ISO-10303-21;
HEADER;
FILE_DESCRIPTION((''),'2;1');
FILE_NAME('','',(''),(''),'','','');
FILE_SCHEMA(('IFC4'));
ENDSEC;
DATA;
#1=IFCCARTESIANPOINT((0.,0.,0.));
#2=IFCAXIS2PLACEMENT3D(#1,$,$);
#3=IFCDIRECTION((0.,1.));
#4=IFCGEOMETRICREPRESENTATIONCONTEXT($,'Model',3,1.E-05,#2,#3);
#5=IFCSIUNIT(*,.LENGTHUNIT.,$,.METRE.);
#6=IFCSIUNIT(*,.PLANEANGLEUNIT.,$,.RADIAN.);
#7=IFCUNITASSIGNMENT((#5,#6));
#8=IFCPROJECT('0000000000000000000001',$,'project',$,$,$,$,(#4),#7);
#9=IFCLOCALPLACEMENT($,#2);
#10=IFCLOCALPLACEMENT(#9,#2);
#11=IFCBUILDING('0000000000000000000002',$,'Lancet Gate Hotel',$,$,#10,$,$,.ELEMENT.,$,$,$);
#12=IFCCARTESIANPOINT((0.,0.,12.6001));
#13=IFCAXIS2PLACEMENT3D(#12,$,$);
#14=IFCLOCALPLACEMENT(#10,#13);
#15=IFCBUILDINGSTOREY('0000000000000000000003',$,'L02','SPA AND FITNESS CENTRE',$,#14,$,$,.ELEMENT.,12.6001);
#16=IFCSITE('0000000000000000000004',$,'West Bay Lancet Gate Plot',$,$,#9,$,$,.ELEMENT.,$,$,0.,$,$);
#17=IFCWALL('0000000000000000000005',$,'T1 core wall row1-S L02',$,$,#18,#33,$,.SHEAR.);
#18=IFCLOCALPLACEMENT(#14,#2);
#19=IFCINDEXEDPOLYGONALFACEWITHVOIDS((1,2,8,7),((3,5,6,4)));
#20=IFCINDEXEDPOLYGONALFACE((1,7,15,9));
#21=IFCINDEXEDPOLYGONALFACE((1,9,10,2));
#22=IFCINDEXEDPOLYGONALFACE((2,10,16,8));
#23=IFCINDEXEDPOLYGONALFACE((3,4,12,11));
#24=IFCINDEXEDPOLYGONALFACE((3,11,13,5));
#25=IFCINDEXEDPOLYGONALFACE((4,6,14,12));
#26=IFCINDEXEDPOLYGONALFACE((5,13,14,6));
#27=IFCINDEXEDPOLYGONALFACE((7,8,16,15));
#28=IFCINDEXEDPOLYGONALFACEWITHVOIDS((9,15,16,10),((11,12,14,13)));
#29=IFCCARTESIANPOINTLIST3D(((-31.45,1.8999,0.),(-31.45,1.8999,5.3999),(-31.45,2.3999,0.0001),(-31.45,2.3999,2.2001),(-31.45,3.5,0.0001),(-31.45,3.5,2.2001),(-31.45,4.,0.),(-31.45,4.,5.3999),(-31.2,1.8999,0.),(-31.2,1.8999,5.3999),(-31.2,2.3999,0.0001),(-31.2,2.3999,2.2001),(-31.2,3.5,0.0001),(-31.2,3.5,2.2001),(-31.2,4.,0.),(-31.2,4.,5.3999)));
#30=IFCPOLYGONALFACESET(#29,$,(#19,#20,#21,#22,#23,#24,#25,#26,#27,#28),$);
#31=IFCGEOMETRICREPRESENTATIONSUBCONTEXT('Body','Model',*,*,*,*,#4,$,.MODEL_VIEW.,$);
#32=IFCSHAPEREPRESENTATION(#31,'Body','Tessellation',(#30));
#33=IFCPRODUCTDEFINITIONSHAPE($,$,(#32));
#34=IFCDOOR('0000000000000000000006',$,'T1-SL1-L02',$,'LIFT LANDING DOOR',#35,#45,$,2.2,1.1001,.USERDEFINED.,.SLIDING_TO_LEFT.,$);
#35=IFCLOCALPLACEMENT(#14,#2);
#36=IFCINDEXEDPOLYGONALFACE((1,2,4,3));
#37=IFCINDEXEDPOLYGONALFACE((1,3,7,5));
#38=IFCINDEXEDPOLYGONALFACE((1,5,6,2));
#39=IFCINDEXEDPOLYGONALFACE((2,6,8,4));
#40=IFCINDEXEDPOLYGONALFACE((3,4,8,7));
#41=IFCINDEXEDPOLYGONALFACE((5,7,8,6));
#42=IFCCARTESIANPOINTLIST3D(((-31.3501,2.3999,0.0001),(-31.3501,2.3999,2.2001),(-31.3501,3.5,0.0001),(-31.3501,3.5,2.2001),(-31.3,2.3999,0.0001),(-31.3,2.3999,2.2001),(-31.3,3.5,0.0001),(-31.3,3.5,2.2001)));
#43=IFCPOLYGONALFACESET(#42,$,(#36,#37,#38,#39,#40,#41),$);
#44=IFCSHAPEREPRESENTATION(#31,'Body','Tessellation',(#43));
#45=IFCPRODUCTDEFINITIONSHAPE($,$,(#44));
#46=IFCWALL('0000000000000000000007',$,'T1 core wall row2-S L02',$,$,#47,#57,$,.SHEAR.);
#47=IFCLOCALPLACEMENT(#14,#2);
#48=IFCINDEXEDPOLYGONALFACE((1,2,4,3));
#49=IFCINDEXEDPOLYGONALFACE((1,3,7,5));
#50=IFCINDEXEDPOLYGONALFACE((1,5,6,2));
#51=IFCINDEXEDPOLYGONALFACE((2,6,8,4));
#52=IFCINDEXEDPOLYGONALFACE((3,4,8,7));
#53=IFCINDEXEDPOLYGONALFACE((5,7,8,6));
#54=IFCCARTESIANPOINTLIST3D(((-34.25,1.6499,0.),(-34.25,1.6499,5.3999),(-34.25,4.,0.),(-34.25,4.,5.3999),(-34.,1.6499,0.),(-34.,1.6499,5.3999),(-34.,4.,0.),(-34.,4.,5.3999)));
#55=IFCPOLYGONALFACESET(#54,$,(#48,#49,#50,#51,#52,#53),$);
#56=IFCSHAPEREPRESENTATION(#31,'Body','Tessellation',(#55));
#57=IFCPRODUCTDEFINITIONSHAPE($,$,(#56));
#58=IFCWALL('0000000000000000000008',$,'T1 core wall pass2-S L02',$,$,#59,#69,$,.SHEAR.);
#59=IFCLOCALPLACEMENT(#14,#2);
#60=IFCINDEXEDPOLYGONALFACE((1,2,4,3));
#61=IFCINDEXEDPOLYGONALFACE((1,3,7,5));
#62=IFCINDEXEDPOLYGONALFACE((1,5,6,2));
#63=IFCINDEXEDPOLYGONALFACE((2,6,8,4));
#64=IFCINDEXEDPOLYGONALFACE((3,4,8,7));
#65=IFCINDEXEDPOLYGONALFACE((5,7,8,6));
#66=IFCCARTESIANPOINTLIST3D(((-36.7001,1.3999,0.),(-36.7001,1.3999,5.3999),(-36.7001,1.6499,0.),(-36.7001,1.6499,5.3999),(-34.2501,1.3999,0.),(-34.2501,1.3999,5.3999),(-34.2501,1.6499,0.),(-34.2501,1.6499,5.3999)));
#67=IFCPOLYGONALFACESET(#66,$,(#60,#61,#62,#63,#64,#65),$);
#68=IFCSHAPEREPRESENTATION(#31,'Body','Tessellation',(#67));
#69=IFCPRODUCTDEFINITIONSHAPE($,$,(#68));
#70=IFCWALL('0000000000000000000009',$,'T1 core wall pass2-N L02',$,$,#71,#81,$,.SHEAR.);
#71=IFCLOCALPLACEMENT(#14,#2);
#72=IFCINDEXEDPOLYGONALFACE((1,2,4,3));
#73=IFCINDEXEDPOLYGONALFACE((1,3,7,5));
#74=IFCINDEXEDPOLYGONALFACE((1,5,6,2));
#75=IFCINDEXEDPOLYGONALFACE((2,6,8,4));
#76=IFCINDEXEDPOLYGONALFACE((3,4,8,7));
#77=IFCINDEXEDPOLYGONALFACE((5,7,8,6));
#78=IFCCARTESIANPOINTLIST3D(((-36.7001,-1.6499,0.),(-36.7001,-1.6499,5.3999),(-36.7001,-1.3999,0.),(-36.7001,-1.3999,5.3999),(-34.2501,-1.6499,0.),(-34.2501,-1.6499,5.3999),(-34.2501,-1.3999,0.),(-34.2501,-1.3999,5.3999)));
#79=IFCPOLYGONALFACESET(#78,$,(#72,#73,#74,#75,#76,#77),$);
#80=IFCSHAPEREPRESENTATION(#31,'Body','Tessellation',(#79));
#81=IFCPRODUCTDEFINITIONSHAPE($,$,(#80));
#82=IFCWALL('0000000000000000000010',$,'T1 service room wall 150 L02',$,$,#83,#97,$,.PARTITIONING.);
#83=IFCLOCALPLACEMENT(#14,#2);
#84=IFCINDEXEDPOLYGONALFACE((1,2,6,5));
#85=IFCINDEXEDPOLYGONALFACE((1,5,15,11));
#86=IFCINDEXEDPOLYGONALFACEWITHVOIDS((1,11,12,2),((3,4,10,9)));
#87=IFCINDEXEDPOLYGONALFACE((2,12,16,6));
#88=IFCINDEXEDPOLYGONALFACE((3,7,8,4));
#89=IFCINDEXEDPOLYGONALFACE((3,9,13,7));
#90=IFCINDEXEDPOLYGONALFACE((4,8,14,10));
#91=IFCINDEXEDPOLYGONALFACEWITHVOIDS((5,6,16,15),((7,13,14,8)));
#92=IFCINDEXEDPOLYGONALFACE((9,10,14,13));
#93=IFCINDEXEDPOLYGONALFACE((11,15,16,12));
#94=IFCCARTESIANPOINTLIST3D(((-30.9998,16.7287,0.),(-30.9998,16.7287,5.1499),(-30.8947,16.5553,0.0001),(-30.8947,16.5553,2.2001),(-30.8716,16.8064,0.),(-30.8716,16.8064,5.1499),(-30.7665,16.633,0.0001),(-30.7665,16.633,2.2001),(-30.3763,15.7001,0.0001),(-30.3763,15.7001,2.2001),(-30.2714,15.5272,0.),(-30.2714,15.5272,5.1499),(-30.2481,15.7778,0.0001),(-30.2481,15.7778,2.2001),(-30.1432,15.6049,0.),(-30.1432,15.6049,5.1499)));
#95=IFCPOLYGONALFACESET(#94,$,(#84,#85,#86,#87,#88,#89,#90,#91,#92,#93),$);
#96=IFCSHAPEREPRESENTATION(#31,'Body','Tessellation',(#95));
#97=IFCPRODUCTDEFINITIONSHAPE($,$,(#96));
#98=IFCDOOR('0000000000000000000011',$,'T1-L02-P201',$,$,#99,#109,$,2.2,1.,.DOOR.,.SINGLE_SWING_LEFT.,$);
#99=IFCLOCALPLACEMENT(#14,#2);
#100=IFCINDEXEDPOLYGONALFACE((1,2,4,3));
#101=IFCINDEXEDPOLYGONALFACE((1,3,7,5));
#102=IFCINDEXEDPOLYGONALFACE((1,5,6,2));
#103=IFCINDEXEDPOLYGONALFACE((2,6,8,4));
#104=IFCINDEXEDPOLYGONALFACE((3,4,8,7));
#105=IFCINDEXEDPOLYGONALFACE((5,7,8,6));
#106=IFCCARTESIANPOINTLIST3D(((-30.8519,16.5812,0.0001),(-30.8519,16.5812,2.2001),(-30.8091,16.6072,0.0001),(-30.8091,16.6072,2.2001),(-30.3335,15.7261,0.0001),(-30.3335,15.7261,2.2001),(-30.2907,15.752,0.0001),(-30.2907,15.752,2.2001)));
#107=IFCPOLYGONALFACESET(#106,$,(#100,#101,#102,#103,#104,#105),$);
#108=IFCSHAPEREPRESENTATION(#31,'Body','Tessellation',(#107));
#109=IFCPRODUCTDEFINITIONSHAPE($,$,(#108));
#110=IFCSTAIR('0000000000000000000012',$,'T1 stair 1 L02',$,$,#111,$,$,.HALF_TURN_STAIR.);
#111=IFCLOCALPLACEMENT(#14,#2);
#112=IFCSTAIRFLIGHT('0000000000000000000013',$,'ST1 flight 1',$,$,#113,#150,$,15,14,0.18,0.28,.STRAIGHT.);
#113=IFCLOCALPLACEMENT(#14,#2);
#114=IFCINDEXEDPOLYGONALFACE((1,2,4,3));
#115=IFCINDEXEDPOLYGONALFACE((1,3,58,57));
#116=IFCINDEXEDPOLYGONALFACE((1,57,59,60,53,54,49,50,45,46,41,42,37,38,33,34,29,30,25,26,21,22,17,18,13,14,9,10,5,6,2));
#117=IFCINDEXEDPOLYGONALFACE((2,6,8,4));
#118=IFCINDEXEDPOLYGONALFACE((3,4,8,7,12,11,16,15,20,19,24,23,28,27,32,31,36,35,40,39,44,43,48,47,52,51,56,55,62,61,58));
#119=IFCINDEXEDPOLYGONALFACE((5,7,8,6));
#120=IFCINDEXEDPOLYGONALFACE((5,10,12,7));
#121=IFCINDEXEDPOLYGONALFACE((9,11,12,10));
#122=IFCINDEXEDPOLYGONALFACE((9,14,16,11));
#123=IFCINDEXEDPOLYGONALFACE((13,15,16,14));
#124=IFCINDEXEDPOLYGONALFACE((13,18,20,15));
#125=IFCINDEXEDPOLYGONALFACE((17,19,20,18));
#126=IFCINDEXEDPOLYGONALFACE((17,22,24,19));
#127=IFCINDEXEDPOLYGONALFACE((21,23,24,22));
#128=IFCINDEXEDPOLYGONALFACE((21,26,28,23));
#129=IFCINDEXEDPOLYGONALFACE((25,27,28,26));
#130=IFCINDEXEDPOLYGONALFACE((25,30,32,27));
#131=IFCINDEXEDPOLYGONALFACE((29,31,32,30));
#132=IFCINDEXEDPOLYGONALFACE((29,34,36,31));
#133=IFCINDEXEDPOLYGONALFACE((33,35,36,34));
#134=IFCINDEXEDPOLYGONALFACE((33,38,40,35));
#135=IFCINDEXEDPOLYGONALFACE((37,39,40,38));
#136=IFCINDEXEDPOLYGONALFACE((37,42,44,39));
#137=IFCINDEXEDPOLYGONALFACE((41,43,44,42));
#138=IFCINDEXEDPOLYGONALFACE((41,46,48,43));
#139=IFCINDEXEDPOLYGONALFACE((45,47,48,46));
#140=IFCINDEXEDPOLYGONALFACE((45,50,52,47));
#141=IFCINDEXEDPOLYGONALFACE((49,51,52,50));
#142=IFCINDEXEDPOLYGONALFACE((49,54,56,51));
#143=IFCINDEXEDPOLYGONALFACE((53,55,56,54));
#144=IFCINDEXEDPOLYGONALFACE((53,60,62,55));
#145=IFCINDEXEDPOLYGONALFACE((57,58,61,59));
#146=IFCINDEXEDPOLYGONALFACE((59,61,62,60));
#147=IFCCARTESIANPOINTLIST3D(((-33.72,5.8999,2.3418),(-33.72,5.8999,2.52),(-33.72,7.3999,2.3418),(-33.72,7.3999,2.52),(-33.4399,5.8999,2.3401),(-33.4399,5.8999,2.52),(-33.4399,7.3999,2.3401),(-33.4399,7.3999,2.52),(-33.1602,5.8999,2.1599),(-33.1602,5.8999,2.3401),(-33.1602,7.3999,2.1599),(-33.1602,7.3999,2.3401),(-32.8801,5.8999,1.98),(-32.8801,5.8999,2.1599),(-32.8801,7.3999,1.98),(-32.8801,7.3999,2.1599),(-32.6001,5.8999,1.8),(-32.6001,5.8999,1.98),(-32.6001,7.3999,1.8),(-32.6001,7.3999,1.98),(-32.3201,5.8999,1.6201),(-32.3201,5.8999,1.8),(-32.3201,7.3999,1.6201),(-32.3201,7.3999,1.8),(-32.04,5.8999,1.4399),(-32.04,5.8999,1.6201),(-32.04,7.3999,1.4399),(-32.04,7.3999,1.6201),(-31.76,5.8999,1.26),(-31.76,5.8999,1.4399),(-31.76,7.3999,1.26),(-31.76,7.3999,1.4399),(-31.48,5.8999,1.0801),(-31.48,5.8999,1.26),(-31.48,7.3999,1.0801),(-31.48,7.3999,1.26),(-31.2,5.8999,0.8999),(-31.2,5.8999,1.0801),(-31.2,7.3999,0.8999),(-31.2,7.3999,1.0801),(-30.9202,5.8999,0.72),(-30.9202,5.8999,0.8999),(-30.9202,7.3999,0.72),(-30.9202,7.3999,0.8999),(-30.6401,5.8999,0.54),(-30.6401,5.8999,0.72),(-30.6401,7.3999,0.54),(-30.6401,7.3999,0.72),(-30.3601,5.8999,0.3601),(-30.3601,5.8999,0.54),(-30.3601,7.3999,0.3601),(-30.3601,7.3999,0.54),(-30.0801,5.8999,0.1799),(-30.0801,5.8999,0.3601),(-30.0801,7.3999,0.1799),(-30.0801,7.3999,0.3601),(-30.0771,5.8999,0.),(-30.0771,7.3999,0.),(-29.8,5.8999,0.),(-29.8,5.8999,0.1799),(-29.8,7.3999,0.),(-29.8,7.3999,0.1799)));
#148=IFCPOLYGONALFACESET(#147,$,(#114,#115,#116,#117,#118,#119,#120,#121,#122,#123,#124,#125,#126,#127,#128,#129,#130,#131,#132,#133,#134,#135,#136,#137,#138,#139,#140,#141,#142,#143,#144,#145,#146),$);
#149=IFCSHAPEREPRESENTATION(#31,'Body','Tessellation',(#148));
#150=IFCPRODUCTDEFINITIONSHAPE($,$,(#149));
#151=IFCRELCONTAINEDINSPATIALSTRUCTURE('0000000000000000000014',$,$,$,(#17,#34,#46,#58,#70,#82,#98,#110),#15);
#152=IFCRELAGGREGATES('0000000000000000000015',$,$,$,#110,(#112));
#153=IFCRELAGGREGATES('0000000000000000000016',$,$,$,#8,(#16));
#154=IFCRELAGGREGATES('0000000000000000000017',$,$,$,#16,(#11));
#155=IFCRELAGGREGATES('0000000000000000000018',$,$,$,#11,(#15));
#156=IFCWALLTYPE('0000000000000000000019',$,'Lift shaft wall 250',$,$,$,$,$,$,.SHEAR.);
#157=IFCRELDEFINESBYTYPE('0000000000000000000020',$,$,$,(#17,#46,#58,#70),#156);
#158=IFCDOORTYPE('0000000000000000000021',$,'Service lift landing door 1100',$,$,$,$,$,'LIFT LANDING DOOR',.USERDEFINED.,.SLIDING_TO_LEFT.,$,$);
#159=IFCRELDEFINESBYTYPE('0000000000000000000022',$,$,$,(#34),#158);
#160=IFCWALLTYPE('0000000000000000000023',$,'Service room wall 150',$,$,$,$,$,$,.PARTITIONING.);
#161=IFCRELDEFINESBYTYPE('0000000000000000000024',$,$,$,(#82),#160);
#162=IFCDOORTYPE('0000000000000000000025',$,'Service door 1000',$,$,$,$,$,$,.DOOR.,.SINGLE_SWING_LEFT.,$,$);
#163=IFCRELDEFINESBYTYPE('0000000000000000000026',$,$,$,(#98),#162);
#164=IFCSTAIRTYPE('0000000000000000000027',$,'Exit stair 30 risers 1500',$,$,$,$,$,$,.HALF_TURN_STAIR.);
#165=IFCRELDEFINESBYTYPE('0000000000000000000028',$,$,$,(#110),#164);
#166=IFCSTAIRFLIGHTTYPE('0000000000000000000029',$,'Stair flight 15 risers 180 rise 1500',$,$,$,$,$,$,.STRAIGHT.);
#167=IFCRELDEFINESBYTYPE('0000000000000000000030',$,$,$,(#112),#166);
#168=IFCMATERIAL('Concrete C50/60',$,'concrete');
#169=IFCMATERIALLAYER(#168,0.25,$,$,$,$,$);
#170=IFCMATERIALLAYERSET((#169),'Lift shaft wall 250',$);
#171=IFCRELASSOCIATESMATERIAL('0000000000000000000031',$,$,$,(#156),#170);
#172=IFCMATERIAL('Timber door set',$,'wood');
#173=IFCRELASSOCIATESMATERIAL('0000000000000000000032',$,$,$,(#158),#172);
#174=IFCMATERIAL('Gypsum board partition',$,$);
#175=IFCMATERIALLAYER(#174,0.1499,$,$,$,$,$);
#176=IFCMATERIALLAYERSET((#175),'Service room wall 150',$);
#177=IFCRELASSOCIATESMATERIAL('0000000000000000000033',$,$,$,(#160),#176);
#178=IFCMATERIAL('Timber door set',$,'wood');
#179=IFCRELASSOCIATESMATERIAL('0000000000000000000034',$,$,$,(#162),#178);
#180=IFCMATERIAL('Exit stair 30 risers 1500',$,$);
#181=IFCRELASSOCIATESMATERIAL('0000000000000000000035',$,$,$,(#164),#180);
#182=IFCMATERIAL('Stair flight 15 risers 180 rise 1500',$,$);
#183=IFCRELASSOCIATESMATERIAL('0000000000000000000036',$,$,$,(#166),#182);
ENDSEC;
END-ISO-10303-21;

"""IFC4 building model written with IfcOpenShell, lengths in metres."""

from ifc_helpers import new_model, si_unit, direction, frame, frame_2d, origin, place, context, subcontext, project, spatial, polyline, rectangle, outline, extrude, material, layer, layer_set, type_object, element, fill, aggregate, save


model = new_model("IFC4")

# Units and contexts
model_context = context("Model", 3, precision=1e-05, world=origin(), true_north=direction((0.0, 1.0)))
body_context = subcontext(model_context, "Body", "Model", "MODEL_VIEW")
ifc_project = project(units=[si_unit("LENGTHUNIT", "METRE"), si_unit("PLANEANGLEUNIT", "RADIAN")], contexts=[model_context])

# Site, building, storey
site_placement = place(None, origin())
site = spatial("IfcSite", under=ifc_project, at=site_placement, Name="West Bay Lancet Gate Plot", CompositionType="ELEMENT", RefElevation=0.0)
building_placement = place(site_placement, origin())
building = spatial("IfcBuilding", under=site, at=building_placement, Name="Lancet Gate Hotel", CompositionType="ELEMENT")
storey_placement = place(building_placement, frame((0.0, 0.0, 12.6001)))
storey = spatial("IfcBuildingStorey", under=building, at=storey_placement, Name="L02", Description="SPA AND FITNESS CENTRE", CompositionType="ELEMENT", Elevation=12.6001)

# Wall, opening, door
ifc_material_1 = material(Name="Concrete C50/60", Category="concrete")
ifc_layer_1 = layer(ifc_material_1, 0.25)
ifc_layer_set_1 = layer_set([ifc_layer_1], Name="Lift shaft wall 250")
wall_type_1 = type_object("IfcWallType", Name="Lift shaft wall 250", PredefinedType="SHEAR", material=ifc_layer_set_1)
wall_1_placement = place(storey_placement, frame((-31.325, 4.0, 0.0), z_axis=(0.0, 0.0, 1.0), x_axis=(0.0, -1.0, 0.0)))
wall_1 = element("IfcWall", 1, at=wall_1_placement, inside=storey, type_object=wall_type_1, Name="T1 core wall row1-S L02", PredefinedType="SHEAR", context=body_context, shape_type="SweptSolid", body=[
    extrude(rectangle(XDim=2.1001, YDim=0.25, at=frame_2d((1.05, 0.0))), origin(), (0.0, 0.0, 1.0), 5.3999),
])
opening_1_placement = place(wall_1_placement, frame((0.5, 0.0, 0.0)))
opening_1 = element("IfcOpeningElement", 2, at=opening_1_placement, cuts=wall_1, PredefinedType="OPENING", context=body_context, shape_type="SweptSolid", body=[
    extrude(rectangle(XDim=1.1001, YDim=2.2, at=frame_2d((0.55, 1.1001))), frame((0.0, 0.135, 0.0), z_axis=(0.0, -1.0, 0.0), x_axis=(1.0, 0.0, 0.0)), (0.0, 0.0, 1.0), 0.27),
])
ifc_material_2 = material(Name="Timber door set", Category="wood")
door_type_1 = type_object("IfcDoorType", Name="Service lift landing door 1100", ElementType="LIFT LANDING DOOR", OperationType="SLIDING_TO_LEFT", PredefinedType="USERDEFINED", material=ifc_material_2)
door_1_placement = place(opening_1_placement, origin())
door_1 = element("IfcDoor", 3, at=door_1_placement, inside=storey, type_object=door_type_1, Name="T1-SL1-L02", ObjectType="LIFT LANDING DOOR", OperationType="SLIDING_TO_LEFT", OverallHeight=2.2, OverallWidth=1.1001, PredefinedType="USERDEFINED", context=body_context, shape_type="SweptSolid", body=[
    extrude(rectangle(XDim=1.1001, YDim=2.2, at=frame_2d((0.55, 1.1001))), frame((0.0, 0.0249, 0.0), z_axis=(0.0, -1.0, 0.0), x_axis=(1.0, 0.0, 0.0)), (0.0, 0.0, 1.0), 0.05),
])
fill(opening_1, door_1)

# Walls
wall_2_placement = place(storey_placement, frame((-34.125, 4.0, 0.0), z_axis=(0.0, 0.0, 1.0), x_axis=(0.0, -1.0, 0.0)))
element("IfcWall", 4, at=wall_2_placement, inside=storey, type_object=wall_type_1, Name="T1 core wall row2-S L02", PredefinedType="SHEAR", context=body_context, shape_type="SweptSolid", body=[
    extrude(rectangle(XDim=2.3501, YDim=0.25, at=frame_2d((1.175, 0.0))), origin(), (0.0, 0.0, 1.0), 5.3999),
])
for number, where, z_axis, x_axis, name in (
    (5, (-34.25, 1.5249, 0.0), (0.0, 0.0, 1.0), (-1.0, 0.0, 0.0), "T1 core wall pass2-S L02"),
    (6, (-34.25, -1.5249, 0.0), (0.0, 0.0, 1.0), (-1.0, 0.0, 0.0), "T1 core wall pass2-N L02"),
):
    element("IfcWall", number, at=place(storey_placement, frame(where, z_axis=z_axis, x_axis=x_axis)), inside=storey, type_object=wall_type_1, Name=name, PredefinedType="SHEAR", context=body_context, shape_type="SweptSolid", body=[
        extrude(rectangle(XDim=2.45, YDim=0.25, at=frame_2d((1.2251, 0.0))), origin(), (0.0, 0.0, 1.0), 5.3999),
    ])

# Wall, opening, door
ifc_material_3 = material(Name="Gypsum board partition")
ifc_layer_2 = layer(ifc_material_3, 0.1499)
ifc_layer_set_2 = layer_set([ifc_layer_2], Name="Service room wall 150")
wall_type_2 = type_object("IfcWallType", Name="Service room wall 150", PredefinedType="PARTITIONING", material=ifc_layer_set_2)
wall_3_placement = place(storey_placement, frame((-30.2073, 15.5659, 0.0), z_axis=(0.0, 0.0, 1.0), x_axis=(-0.518375, 0.855153, 0.0)))
wall_3 = element("IfcWall", 7, at=wall_3_placement, inside=storey, type_object=wall_type_2, Name="T1 service room wall 150 L02", PredefinedType="PARTITIONING", context=body_context, shape_type="SweptSolid", body=[
    extrude(rectangle(XDim=1.405, YDim=0.1499, at=frame_2d((0.7026, 0.0))), origin(), (0.0, 0.0, 1.0), 5.1499),
])
opening_2_placement = place(wall_3_placement, frame((0.2024, 0.0, 0.0)))
opening_2 = element("IfcOpeningElement", 8, at=opening_2_placement, cuts=wall_3, PredefinedType="OPENING", context=body_context, shape_type="SweptSolid", body=[
    extrude(rectangle(XDim=1.0, YDim=2.2, at=frame_2d((0.5, 1.1001))), frame((0.0, 0.085, 0.0), z_axis=(0.0, -1.0, 0.0), x_axis=(1.0, 0.0, 0.0)), (0.0, 0.0, 1.0), 0.1699),
])
ifc_material_4 = material(Name="Timber door set", Category="wood")
door_type_2 = type_object("IfcDoorType", Name="Service door 1000", OperationType="SINGLE_SWING_LEFT", PredefinedType="DOOR", material=ifc_material_4)
door_2_placement = place(opening_2_placement, origin())
door_2 = element("IfcDoor", 9, at=door_2_placement, inside=storey, type_object=door_type_2, Name="T1-L02-P201", OperationType="SINGLE_SWING_LEFT", OverallHeight=2.2, OverallWidth=1.0, PredefinedType="DOOR", context=body_context, shape_type="SweptSolid", body=[
    extrude(rectangle(XDim=1.0, YDim=2.2, at=frame_2d((0.5, 1.1001))), frame((0.0, 0.0249, 0.0), z_axis=(0.0, -1.0, 0.0), x_axis=(1.0, 0.0, 0.0)), (0.0, 0.0, 1.0), 0.05),
])
fill(opening_2, door_2)

# Stair, stair flight
ifc_material_5 = material(Name="Exit stair 30 risers 1500")
stair_type = type_object("IfcStairType", Name="Exit stair 30 risers 1500", PredefinedType="HALF_TURN_STAIR", material=ifc_material_5)
stair_placement = place(storey_placement, origin())
stair = element("IfcStair", 10, at=stair_placement, inside=storey, type_object=stair_type, Name="T1 stair 1 L02", PredefinedType="HALF_TURN_STAIR")
ifc_material_6 = material(Name="Stair flight 15 risers 180 rise 1500")
stair_flight_type = type_object("IfcStairFlightType", Name="Stair flight 15 risers 180 rise 1500", PredefinedType="STRAIGHT", material=ifc_material_6)
stair_flight_1_placement = place(storey_placement, frame((-29.8, 6.6499, 0.0), z_axis=(0.0, 0.0, 1.0), x_axis=(-1.0, 0.0, 0.0)))
stair_flight_1 = element("IfcStairFlight", 11, at=stair_flight_1_placement, type_object=stair_flight_type, Name="ST1 flight 1", NumberOfRisers=15, NumberOfTreads=14, PredefinedType="STRAIGHT", RiserHeight=0.18, TreadLength=0.28, context=body_context, shape_type="SweptSolid", body=[
    extrude(outline(polyline([(0.0, 0.0), (0.0, 0.1799), (0.28, 0.1799), (0.28, 0.3601), (0.5601, 0.3601), (0.5601, 0.54), (0.8401, 0.54), (0.8401, 0.72), (1.1201, 0.72), (1.1201, 0.8999), (1.3999, 0.8999), (1.3999, 1.0801), (1.6799, 1.0801), (1.6799, 1.26), (1.96, 1.26), (1.96, 1.4399), (2.24, 1.4399), (2.24, 1.6201), (2.52, 1.6201), (2.52, 1.8), (2.8, 1.8), (2.8, 1.98), (3.0801, 1.98), (3.0801, 2.1599), (3.3601, 2.1599), (3.3601, 2.3401), (3.6399, 2.3401), (3.6399, 2.52), (3.9199, 2.52), (3.9199, 2.7), (3.9199, 2.3418), (0.2771, 0.0), (0.0, 0.0)])), frame((0.0, 0.75, 0.0), z_axis=(0.0, -1.0, 0.0), x_axis=(1.0, 0.0, 0.0)), (0.0, 0.0, 1.0), 1.5),
])
aggregate(stair, [stair_flight_1])

save(model, "model.ifc")
